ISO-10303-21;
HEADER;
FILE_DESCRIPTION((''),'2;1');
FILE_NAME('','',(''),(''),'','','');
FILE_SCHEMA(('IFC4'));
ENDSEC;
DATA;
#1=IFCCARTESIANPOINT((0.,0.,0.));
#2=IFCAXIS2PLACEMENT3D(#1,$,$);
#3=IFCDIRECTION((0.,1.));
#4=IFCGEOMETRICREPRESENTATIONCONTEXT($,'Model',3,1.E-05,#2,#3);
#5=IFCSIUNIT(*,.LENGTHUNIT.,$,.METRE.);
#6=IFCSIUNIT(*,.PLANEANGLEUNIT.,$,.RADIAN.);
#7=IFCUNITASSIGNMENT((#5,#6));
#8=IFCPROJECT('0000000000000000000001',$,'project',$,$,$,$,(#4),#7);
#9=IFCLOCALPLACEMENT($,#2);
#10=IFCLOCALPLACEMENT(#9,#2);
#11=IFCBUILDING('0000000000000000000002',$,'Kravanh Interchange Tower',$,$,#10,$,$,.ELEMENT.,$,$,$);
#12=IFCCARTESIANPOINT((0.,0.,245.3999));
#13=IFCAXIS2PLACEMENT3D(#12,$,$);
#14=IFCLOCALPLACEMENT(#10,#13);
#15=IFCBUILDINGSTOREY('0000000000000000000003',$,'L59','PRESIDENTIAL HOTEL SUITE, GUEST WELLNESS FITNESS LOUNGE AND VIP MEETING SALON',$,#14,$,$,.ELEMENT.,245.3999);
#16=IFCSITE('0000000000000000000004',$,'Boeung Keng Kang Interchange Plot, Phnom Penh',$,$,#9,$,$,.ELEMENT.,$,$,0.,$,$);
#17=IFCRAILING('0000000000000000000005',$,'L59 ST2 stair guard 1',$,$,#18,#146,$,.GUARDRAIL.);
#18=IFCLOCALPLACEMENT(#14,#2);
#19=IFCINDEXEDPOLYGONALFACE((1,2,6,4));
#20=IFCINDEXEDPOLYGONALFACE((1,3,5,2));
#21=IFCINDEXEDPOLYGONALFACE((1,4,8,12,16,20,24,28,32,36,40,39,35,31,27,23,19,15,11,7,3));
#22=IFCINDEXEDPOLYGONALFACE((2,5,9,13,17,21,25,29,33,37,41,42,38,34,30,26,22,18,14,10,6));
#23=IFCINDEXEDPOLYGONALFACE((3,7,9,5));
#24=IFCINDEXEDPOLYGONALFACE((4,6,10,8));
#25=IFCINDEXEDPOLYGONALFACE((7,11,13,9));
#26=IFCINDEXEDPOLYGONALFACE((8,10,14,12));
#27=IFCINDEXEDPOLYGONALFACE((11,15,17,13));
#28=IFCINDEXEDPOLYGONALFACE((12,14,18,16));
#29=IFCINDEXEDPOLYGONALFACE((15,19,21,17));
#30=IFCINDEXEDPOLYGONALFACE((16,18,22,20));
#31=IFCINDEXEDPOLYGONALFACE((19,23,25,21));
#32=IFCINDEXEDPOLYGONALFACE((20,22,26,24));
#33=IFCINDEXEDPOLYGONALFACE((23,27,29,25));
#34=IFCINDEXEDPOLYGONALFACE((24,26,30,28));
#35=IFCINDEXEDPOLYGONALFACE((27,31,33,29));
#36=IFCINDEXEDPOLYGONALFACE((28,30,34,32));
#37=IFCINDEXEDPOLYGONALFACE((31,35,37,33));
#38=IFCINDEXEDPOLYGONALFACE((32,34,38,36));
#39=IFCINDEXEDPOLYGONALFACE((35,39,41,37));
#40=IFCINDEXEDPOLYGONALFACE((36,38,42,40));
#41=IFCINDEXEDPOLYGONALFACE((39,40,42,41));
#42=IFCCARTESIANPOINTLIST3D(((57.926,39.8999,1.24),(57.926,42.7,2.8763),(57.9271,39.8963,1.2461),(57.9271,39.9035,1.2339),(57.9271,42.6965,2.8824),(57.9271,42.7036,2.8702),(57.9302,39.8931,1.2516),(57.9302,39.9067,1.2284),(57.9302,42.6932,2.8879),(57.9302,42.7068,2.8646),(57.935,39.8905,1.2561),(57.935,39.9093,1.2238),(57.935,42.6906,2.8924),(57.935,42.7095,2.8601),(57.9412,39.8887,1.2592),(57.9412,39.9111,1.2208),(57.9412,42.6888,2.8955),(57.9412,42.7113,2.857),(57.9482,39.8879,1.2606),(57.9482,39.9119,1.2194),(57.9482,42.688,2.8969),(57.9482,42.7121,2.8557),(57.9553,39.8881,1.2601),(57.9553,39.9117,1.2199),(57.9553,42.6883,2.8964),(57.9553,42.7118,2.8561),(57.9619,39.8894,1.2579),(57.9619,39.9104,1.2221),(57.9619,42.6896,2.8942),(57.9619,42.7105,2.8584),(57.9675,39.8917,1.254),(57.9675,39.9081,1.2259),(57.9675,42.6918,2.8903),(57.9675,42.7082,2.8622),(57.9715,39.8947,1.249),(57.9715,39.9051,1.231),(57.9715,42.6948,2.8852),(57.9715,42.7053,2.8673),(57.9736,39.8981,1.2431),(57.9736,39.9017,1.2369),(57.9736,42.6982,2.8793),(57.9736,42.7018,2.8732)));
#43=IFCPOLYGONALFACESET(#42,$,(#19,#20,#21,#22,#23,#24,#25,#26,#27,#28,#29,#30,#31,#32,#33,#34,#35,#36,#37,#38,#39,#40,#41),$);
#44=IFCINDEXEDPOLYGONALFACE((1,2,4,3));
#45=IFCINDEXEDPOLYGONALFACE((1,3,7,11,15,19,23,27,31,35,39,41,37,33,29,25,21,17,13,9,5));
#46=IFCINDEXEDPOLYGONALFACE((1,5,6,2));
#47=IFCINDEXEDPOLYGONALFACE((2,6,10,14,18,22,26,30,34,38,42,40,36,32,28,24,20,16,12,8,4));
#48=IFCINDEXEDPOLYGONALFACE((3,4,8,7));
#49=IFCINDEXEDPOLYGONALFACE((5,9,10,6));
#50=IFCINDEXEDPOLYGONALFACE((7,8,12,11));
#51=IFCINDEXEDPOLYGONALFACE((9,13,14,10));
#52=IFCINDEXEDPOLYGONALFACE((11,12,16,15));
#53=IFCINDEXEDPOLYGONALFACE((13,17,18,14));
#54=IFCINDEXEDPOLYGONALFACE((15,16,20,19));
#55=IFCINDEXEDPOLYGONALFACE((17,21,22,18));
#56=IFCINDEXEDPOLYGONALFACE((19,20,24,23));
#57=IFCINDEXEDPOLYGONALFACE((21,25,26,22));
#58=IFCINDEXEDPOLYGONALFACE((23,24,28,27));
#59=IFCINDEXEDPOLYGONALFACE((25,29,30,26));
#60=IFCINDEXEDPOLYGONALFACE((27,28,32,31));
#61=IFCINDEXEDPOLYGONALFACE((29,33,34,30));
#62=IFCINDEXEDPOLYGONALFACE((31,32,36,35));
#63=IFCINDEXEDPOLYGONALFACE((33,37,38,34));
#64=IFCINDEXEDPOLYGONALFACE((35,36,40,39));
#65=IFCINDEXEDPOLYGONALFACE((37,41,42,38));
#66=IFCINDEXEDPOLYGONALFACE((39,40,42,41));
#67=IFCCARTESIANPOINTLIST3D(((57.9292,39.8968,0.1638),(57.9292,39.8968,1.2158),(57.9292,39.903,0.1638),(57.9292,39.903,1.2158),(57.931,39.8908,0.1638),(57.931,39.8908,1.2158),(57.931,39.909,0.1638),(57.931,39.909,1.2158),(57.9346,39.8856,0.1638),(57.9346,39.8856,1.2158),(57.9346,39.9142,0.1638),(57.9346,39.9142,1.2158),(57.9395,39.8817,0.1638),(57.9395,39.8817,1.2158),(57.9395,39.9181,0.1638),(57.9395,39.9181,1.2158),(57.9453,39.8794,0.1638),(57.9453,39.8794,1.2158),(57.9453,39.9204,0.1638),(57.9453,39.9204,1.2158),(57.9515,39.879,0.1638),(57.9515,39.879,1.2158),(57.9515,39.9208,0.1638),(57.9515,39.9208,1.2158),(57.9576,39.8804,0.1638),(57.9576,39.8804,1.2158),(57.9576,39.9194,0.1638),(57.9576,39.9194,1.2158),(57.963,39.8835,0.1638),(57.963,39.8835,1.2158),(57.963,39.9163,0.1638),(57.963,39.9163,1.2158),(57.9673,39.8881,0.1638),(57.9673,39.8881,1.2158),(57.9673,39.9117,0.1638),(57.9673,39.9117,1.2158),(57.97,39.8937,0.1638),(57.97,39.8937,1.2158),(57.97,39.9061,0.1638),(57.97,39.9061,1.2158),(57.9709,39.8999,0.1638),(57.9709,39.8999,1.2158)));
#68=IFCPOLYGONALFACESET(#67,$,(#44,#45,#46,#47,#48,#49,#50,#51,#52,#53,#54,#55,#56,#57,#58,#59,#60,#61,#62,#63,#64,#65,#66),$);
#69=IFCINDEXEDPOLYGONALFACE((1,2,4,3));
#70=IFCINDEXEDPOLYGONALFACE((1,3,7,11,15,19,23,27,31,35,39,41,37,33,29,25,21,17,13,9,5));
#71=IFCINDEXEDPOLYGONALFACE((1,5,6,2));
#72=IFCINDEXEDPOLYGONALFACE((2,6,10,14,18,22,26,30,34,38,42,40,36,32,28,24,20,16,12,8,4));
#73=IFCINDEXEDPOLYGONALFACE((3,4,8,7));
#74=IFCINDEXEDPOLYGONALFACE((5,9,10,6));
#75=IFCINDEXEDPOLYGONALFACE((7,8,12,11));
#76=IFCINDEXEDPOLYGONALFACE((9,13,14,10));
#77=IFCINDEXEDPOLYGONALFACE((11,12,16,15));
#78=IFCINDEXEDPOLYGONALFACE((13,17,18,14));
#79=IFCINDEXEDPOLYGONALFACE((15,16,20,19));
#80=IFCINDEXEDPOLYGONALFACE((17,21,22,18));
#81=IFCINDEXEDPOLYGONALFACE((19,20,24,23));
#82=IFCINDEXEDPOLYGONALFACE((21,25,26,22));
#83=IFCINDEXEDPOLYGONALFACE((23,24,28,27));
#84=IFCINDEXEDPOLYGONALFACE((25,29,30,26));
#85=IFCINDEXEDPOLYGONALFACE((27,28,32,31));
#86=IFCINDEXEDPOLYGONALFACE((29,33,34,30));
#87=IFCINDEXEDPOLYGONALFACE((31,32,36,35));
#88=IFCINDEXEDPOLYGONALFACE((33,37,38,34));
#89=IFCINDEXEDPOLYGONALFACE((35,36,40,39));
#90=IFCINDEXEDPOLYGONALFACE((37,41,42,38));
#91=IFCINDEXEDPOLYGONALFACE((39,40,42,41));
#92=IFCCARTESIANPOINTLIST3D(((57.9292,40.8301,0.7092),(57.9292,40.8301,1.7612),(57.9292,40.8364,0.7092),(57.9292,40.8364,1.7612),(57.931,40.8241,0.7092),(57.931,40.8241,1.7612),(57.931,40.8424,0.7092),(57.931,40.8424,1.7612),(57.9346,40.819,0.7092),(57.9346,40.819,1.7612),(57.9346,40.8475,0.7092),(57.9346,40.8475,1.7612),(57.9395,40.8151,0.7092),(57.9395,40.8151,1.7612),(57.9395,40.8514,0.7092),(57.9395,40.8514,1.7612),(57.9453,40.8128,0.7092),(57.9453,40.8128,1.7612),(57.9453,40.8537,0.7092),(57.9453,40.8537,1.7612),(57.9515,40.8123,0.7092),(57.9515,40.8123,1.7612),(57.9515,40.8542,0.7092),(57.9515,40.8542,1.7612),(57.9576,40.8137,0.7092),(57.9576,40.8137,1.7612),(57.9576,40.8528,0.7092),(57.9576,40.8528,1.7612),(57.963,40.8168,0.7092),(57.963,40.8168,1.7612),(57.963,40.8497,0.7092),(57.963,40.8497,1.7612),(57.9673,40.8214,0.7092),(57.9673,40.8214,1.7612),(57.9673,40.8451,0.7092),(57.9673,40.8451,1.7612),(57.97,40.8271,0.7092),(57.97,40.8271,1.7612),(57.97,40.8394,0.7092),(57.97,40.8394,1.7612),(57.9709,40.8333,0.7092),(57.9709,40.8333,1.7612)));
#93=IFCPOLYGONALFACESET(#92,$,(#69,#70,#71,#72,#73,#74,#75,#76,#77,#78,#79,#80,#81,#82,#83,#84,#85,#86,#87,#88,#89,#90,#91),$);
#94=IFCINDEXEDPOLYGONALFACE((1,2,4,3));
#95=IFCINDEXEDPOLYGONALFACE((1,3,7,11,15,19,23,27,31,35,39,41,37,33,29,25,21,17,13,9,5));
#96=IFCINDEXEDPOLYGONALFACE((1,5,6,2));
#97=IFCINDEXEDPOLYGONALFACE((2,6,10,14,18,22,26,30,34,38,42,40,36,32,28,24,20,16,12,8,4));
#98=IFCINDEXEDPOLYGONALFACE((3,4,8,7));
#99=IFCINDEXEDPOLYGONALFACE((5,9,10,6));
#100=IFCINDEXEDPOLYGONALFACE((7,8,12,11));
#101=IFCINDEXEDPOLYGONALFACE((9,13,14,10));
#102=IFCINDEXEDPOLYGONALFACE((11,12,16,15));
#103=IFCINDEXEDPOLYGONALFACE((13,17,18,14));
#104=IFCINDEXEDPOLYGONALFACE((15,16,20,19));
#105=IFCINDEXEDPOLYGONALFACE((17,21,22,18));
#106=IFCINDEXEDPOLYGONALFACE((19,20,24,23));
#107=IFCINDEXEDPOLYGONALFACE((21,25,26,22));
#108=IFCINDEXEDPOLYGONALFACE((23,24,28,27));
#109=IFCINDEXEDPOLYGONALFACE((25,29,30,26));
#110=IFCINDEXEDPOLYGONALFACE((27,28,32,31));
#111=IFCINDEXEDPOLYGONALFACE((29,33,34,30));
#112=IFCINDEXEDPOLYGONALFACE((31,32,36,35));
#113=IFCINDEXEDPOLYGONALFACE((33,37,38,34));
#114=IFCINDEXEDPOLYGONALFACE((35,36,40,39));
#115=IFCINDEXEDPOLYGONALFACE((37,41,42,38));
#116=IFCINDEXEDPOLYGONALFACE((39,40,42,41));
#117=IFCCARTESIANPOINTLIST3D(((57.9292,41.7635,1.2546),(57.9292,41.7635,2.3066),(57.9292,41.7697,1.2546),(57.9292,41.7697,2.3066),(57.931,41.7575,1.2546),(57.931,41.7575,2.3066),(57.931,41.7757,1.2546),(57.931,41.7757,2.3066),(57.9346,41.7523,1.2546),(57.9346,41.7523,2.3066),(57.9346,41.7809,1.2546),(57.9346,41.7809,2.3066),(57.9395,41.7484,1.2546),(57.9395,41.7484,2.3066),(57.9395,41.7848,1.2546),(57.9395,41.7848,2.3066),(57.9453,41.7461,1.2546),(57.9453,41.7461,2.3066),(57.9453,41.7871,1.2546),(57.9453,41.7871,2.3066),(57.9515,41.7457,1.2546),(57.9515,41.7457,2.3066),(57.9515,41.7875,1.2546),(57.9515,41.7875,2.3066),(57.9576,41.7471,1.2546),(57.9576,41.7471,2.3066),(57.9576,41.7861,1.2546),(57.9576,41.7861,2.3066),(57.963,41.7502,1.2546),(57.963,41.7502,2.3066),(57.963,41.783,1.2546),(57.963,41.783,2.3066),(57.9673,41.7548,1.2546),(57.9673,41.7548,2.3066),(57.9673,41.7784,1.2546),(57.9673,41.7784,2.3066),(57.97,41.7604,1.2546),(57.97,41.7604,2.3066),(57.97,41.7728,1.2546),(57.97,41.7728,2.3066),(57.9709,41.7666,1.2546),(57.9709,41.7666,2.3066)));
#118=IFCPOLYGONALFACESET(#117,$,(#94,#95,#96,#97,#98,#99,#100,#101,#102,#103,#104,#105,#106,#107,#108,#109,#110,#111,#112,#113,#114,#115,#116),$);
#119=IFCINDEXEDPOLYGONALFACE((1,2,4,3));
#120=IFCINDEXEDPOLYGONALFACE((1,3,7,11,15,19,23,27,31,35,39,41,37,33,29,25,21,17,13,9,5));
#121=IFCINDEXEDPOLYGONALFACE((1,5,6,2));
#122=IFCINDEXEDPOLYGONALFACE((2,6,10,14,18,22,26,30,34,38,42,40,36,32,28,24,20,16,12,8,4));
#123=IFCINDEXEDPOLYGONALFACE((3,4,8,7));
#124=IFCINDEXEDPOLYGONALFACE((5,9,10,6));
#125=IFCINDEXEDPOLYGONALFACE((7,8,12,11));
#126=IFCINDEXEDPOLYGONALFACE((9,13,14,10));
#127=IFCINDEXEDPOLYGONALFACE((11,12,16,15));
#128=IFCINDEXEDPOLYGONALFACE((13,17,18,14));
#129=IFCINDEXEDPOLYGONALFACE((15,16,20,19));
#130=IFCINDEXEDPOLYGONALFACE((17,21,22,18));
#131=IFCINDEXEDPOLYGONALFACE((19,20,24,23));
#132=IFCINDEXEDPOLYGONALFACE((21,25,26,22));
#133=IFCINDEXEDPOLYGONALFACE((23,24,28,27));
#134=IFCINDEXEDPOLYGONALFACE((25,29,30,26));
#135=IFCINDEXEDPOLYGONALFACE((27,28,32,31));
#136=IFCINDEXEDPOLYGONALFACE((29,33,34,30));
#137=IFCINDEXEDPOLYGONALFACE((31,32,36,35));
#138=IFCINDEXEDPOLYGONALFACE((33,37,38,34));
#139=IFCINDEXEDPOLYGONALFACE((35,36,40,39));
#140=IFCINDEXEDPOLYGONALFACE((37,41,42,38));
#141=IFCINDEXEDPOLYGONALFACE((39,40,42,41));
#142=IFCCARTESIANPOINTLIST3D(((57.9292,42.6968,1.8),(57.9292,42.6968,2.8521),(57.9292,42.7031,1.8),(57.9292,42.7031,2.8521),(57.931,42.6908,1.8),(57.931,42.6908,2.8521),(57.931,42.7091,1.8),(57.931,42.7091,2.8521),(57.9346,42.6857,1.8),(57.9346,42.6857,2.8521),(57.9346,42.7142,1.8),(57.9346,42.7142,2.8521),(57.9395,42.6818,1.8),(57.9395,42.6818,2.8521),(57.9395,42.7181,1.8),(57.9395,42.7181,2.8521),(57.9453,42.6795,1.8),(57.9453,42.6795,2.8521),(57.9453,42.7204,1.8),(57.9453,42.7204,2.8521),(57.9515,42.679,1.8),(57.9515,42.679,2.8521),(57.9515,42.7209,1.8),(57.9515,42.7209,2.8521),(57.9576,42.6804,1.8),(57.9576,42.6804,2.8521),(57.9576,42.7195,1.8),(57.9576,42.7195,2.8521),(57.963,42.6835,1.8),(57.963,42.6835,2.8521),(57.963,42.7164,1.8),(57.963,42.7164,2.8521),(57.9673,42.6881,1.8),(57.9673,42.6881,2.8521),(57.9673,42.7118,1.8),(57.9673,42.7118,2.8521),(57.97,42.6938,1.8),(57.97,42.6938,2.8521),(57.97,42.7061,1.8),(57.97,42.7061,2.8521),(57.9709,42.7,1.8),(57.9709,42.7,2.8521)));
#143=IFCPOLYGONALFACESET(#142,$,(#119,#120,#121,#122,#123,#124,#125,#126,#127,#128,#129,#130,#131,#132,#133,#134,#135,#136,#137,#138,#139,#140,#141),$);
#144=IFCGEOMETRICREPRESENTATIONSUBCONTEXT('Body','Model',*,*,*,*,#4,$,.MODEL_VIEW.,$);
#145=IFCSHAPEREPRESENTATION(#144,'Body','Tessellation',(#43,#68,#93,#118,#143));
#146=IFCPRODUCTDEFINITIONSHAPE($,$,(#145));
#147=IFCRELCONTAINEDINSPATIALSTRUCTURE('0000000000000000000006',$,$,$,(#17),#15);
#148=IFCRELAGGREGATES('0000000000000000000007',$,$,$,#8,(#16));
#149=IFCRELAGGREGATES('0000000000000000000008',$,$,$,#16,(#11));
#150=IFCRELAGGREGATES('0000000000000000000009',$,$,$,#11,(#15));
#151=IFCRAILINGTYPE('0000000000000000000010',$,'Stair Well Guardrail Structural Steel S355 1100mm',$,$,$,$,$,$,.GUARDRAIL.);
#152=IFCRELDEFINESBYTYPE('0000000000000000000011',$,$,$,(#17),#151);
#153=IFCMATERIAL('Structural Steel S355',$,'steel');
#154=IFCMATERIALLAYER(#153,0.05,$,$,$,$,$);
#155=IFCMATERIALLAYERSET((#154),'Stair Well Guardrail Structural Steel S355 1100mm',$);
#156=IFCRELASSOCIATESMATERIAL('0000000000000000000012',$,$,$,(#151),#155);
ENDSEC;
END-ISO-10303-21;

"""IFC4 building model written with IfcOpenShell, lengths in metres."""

from ifc_helpers import new_model, si_unit, direction, frame, origin, origin_2d, place, context, subcontext, project, spatial, circle, extrude, material, layer, layer_set, type_object, element, save


model = new_model("IFC4")

# Units and contexts
model_context = context("Model", 3, precision=1e-05, world=origin(), true_north=direction((0.0, 1.0)))
body_context = subcontext(model_context, "Body", "Model", "MODEL_VIEW")
ifc_project = project(units=[si_unit("LENGTHUNIT", "METRE"), si_unit("PLANEANGLEUNIT", "RADIAN")], contexts=[model_context])

# Site, building, storey
site_placement = place(None, origin())
site = spatial("IfcSite", under=ifc_project, at=site_placement, Name="Boeung Keng Kang Interchange Plot, Phnom Penh", CompositionType="ELEMENT", RefElevation=0.0)
building_placement = place(site_placement, origin())
building = spatial("IfcBuilding", under=site, at=building_placement, Name="Kravanh Interchange Tower", CompositionType="ELEMENT")
storey_placement = place(building_placement, frame((0.0, 0.0, 245.3999)))
storey = spatial("IfcBuildingStorey", under=building, at=storey_placement, Name="L59", Description="PRESIDENTIAL HOTEL SUITE, GUEST WELLNESS FITNESS LOUNGE AND VIP MEETING SALON", CompositionType="ELEMENT", Elevation=245.3999)

# Railing
ifc_material_1 = material(Name="Structural Steel S355", Category="steel")
ifc_layer_1 = layer(ifc_material_1, 0.05)
ifc_layer_set_1 = layer_set([ifc_layer_1], Name="Stair Well Guardrail Structural Steel S355 1100mm")
railing_type_1 = type_object("IfcRailingType", Name="Stair Well Guardrail Structural Steel S355 1100mm", PredefinedType="GUARDRAIL", material=ifc_layer_set_1)
railing_1_placement = place(storey_placement, frame((57.95, 39.8999, 0.1638)))
element("IfcRailing", 1, at=railing_1_placement, inside=storey, type_object=railing_type_1, Name="L59 ST2 stair guard 1", PredefinedType="GUARDRAIL", context=body_context, shape_type="SweptSolid", body=[
    extrude(circle(Radius=0.0239, at=origin_2d()), frame((0.0, 0.0, 1.0762), z_axis=(0.0, 0.863394, 0.504531), x_axis=(-1.0, 0.0, 0.0)), (0.0, 0.0, 1.0), 3.2432),
    extrude(circle(Radius=0.021, at=origin_2d()), origin(), (0.0, 0.0, 1.0), 1.052),
    extrude(circle(Radius=0.021, at=origin_2d()), frame((0.0, 0.9333, 0.5454)), (0.0, 0.0, 1.0), 1.052),
    extrude(circle(Radius=0.021, at=origin_2d()), frame((0.0, 1.8667, 1.0908)), (0.0, 0.0, 1.0), 1.052),
    extrude(circle(Radius=0.021, at=origin_2d()), frame((0.0, 2.8, 1.6362)), (0.0, 0.0, 1.0), 1.052),
])

save(model, "model.ifc")
